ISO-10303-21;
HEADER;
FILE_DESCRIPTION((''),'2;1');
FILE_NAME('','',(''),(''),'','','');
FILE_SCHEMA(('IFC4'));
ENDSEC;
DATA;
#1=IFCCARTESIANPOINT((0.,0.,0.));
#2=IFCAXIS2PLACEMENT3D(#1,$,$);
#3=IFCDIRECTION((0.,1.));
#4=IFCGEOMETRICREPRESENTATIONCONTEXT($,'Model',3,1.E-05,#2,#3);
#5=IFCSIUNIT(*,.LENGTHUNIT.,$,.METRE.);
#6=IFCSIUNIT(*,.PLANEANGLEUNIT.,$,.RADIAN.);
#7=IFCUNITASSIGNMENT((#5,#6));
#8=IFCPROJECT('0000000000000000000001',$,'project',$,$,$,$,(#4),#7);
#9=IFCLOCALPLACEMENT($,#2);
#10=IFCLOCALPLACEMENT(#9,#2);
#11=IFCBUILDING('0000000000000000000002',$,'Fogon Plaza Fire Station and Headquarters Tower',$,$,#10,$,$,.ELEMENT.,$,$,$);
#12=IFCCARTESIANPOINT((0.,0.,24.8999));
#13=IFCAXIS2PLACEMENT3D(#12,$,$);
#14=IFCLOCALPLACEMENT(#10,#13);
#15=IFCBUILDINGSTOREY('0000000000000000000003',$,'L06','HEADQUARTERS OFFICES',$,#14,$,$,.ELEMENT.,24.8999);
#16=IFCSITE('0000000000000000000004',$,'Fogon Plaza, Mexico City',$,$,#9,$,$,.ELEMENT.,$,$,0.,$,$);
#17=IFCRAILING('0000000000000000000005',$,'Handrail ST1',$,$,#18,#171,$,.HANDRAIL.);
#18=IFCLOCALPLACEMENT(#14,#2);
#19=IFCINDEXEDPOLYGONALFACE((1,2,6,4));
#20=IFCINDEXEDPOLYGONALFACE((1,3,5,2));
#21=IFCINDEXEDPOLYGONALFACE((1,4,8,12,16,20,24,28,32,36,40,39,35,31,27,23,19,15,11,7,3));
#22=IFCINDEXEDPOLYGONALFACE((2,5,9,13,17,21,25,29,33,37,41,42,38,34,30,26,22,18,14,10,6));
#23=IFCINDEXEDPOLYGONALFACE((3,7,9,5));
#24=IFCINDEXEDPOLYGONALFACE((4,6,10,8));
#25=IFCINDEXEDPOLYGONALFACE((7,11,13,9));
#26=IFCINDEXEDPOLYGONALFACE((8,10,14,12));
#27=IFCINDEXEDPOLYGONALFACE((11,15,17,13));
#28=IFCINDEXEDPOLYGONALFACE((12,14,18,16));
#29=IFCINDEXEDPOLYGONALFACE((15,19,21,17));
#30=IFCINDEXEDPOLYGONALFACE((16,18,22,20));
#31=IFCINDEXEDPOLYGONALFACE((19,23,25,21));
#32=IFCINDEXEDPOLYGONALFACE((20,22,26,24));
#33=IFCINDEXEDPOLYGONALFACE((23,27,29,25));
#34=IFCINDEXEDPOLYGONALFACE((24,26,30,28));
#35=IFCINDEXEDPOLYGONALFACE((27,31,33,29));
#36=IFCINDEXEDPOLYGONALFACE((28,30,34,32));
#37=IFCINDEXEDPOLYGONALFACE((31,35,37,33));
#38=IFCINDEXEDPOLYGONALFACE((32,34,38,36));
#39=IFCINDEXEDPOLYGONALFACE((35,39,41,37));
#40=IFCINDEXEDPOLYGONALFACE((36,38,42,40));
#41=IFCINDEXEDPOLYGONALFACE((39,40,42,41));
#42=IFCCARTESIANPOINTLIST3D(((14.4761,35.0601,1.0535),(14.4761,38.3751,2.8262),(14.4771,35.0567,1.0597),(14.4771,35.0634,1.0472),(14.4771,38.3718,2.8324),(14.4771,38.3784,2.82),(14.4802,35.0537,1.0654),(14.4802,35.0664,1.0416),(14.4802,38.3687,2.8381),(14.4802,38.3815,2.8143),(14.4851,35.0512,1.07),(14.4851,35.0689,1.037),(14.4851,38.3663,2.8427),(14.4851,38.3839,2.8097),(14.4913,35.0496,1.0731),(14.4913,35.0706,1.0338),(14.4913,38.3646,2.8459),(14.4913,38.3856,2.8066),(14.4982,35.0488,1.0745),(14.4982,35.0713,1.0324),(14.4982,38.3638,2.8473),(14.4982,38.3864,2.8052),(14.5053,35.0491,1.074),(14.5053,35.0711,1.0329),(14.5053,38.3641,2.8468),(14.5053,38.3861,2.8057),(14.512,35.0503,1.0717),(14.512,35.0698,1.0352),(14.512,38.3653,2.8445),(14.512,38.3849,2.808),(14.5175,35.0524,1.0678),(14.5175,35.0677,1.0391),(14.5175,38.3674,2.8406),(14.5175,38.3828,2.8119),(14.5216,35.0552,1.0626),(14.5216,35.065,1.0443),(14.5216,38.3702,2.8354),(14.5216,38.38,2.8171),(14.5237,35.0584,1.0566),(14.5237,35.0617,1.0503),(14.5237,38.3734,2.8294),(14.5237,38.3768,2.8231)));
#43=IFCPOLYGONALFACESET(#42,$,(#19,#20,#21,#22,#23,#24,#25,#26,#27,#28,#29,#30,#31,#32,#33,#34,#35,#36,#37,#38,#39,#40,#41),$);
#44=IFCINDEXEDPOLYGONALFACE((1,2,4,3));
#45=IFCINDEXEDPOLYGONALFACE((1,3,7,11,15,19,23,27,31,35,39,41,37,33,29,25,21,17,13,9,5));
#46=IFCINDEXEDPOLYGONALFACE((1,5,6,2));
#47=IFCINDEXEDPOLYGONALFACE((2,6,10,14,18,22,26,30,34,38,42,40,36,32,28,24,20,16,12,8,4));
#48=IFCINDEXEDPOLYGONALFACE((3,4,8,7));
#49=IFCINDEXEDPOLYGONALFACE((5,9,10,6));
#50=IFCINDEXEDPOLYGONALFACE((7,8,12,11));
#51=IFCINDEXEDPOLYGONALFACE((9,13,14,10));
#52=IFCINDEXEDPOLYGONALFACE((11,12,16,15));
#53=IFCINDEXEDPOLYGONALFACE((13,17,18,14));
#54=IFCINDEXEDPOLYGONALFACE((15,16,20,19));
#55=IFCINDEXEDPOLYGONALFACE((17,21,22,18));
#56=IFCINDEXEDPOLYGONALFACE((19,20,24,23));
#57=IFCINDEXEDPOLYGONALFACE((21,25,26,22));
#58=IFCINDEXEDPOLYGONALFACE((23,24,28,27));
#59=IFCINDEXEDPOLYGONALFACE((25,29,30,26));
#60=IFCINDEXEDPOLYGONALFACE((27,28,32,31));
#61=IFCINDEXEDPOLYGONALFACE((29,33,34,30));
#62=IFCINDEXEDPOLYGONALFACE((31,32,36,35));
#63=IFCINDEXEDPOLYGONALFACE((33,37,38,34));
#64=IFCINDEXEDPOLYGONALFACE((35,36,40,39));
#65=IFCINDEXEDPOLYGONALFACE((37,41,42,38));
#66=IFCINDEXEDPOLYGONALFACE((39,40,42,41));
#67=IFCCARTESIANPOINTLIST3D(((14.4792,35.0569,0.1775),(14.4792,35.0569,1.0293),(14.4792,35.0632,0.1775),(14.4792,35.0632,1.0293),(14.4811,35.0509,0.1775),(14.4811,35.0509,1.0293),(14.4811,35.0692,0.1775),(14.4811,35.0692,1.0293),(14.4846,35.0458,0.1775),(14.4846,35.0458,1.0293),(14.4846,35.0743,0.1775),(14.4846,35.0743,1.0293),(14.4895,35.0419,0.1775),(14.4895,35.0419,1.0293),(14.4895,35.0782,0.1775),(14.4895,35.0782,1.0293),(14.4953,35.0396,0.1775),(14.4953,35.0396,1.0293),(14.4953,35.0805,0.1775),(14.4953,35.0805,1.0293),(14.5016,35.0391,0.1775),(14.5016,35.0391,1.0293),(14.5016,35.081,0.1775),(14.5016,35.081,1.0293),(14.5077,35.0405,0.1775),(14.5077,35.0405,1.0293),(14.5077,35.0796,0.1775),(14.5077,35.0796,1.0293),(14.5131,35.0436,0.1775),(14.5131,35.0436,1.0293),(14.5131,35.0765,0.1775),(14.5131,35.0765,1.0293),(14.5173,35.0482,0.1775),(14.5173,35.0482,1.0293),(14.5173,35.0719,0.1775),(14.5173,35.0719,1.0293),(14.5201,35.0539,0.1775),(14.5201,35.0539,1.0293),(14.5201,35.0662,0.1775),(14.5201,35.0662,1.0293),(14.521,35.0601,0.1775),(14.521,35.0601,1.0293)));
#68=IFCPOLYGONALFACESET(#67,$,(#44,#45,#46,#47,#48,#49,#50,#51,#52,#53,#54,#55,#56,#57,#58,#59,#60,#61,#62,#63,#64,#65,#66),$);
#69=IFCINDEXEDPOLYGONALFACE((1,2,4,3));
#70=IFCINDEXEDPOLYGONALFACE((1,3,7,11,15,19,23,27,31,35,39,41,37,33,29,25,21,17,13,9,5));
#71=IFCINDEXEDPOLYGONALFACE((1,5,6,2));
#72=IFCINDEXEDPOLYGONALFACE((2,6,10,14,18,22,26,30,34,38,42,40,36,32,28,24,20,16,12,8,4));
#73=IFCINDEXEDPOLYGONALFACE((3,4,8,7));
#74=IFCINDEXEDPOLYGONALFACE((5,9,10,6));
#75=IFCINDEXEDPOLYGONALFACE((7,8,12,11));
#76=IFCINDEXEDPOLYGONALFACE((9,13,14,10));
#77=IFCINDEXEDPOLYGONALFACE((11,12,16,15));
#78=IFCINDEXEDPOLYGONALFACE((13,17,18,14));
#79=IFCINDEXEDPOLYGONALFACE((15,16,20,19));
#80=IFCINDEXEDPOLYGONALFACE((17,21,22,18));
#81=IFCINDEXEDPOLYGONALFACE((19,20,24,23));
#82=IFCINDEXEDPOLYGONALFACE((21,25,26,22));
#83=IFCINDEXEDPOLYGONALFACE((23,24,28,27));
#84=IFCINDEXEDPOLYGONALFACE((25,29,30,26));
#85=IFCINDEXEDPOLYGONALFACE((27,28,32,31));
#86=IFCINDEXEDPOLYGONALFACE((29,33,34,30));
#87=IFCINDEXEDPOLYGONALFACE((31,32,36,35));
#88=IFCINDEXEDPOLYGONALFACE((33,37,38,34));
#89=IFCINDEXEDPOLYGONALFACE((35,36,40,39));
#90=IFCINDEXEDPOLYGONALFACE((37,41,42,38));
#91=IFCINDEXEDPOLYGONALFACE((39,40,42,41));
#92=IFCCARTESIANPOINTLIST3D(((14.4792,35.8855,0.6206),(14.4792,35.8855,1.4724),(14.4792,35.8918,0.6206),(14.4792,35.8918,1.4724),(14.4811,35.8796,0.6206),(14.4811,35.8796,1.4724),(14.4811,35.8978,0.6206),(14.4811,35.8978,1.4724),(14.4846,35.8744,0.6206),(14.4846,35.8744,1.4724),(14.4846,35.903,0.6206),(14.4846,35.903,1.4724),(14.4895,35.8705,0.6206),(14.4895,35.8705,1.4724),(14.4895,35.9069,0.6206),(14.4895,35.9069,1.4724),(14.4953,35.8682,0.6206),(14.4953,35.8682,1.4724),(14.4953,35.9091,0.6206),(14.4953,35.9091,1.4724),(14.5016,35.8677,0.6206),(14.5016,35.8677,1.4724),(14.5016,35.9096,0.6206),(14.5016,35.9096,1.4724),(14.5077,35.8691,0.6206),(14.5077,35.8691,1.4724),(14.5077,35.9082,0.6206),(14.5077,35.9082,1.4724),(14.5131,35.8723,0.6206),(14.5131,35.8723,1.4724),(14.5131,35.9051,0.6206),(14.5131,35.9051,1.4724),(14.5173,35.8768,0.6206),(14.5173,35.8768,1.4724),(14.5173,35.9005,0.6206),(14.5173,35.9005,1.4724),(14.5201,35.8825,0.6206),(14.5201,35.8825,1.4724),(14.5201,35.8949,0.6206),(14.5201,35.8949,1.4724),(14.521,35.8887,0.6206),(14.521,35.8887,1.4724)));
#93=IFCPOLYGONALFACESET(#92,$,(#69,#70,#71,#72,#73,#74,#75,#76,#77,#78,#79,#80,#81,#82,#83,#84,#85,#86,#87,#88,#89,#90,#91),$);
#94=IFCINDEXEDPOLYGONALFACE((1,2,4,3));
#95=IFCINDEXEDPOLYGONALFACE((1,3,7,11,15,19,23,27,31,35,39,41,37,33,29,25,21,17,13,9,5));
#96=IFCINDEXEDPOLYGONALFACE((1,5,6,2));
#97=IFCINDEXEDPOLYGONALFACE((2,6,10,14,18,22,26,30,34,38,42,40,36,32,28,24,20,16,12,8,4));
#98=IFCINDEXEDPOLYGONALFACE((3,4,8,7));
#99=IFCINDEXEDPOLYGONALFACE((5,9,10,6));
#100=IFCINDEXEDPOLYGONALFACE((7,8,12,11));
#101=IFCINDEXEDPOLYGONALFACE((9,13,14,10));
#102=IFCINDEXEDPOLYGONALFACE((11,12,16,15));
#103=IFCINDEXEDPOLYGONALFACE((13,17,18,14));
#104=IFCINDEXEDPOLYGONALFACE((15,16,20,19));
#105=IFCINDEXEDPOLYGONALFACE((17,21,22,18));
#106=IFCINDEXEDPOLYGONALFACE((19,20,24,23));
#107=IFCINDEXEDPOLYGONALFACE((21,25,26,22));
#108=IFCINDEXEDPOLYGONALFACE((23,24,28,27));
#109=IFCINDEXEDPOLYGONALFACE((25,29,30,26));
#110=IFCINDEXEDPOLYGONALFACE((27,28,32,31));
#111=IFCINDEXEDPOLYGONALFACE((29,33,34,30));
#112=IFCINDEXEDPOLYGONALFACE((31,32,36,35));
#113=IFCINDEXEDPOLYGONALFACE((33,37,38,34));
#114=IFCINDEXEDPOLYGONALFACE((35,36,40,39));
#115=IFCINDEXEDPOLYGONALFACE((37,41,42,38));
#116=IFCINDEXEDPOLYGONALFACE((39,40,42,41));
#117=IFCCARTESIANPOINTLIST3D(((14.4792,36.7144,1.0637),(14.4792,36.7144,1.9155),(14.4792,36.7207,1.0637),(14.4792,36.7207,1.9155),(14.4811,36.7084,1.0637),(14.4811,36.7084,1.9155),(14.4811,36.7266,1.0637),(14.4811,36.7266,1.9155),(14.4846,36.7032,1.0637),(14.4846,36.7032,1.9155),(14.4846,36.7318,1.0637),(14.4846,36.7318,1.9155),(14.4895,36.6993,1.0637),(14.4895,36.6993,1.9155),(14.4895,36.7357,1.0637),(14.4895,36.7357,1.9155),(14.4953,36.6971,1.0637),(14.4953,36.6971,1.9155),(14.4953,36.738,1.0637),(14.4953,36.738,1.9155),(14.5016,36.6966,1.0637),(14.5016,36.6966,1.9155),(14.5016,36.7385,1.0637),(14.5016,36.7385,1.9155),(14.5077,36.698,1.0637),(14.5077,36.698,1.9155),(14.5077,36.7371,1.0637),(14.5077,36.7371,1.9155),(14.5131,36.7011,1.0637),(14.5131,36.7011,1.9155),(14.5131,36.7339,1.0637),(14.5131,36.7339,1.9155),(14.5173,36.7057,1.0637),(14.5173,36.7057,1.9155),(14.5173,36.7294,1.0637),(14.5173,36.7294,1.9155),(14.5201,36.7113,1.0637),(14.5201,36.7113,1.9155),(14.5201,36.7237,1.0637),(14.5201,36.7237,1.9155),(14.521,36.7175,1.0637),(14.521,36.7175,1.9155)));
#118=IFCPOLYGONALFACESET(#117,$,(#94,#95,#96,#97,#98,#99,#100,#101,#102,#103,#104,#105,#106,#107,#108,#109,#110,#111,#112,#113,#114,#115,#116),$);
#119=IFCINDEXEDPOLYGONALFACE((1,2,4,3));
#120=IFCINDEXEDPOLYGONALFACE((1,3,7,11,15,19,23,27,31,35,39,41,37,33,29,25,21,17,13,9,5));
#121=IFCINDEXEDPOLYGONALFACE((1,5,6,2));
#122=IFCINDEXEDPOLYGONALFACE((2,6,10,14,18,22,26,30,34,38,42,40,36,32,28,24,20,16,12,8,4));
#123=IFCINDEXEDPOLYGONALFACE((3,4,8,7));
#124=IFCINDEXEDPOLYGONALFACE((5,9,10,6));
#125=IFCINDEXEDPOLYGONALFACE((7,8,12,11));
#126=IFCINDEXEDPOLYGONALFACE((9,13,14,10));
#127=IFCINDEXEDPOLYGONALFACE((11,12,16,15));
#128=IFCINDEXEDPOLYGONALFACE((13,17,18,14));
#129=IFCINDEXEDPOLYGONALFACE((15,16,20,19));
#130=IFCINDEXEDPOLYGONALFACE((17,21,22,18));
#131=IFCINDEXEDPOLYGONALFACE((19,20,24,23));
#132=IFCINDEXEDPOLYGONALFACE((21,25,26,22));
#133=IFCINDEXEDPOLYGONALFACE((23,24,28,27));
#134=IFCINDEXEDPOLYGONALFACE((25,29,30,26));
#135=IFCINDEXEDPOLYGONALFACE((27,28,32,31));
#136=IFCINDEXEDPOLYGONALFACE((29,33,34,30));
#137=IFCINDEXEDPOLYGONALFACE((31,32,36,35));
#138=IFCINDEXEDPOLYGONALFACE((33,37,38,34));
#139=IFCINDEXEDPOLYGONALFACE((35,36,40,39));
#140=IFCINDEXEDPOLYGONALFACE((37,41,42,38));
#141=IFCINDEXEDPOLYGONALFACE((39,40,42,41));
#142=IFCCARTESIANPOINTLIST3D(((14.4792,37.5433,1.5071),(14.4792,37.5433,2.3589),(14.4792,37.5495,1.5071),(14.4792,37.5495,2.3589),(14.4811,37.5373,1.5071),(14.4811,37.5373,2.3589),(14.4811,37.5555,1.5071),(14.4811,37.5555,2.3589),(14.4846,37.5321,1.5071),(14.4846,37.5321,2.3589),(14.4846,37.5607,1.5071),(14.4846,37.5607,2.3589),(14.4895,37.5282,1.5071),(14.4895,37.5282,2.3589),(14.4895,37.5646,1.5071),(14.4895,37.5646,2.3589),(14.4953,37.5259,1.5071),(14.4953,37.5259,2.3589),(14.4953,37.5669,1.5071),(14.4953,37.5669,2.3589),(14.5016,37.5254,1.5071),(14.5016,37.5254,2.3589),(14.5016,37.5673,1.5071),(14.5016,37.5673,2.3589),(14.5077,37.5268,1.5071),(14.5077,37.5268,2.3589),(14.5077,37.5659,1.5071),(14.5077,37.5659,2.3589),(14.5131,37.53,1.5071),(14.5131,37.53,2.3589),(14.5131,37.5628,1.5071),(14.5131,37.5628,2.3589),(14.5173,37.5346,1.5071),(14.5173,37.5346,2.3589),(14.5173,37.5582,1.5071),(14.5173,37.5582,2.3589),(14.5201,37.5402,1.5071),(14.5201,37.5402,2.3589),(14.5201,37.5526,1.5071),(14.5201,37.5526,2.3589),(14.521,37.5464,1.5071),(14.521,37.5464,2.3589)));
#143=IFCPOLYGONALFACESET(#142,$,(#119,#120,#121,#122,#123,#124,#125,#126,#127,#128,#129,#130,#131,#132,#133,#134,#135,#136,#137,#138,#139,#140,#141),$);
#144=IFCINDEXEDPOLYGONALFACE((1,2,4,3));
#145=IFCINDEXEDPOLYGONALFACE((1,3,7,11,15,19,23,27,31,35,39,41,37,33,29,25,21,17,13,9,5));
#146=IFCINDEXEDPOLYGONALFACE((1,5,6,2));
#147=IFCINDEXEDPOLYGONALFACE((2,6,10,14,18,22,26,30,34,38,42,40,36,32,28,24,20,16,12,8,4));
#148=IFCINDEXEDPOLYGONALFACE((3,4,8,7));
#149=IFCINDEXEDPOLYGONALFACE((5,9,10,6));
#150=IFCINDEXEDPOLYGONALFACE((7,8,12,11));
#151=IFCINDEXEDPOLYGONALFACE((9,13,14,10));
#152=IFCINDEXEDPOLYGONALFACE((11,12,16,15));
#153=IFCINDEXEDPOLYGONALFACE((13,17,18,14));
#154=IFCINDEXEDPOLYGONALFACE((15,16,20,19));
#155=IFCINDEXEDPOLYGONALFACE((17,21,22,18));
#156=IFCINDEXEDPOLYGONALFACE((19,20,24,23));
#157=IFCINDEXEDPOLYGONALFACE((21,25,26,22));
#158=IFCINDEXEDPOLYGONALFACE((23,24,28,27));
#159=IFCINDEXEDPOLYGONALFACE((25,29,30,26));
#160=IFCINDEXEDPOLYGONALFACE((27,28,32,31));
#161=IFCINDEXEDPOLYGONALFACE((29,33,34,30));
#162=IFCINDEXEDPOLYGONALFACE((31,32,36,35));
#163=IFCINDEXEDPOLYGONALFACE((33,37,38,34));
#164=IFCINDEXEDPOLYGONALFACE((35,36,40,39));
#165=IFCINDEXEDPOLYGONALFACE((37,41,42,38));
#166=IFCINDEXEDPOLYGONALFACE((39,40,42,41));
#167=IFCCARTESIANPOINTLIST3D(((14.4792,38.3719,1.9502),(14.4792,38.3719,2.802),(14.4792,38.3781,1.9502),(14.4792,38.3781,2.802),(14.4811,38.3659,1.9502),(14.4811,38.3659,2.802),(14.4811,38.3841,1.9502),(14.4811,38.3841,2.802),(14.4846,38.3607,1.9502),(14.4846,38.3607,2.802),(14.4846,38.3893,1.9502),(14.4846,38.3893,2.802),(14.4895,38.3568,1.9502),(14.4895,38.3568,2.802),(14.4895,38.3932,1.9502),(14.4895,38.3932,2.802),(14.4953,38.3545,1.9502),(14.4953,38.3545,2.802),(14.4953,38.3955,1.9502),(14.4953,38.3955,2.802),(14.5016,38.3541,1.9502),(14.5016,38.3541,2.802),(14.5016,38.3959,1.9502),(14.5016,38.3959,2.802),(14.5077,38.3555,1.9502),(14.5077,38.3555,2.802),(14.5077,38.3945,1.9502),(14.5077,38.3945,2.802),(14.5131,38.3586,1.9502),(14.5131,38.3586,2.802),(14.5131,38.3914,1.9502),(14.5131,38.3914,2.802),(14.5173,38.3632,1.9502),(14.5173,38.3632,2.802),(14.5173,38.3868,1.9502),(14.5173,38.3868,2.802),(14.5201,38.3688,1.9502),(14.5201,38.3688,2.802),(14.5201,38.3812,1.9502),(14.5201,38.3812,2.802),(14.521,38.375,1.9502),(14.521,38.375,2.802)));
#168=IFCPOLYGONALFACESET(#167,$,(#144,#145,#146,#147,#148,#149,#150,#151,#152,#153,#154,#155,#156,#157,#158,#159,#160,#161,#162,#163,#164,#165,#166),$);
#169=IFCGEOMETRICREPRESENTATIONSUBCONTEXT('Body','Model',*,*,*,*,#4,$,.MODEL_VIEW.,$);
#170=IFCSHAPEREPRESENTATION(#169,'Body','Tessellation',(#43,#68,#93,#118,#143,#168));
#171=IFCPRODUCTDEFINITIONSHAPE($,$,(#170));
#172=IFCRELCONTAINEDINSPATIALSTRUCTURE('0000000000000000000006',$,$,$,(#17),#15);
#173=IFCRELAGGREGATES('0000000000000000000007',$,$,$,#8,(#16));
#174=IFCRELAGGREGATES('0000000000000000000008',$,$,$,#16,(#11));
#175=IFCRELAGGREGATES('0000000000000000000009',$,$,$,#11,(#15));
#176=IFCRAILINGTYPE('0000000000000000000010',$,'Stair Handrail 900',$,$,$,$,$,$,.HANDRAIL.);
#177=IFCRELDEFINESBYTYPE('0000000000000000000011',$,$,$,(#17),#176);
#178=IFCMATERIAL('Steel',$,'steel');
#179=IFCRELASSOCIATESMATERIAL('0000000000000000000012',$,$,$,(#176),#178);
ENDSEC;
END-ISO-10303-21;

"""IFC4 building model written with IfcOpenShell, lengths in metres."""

from ifc_helpers import new_model, si_unit, direction, frame, origin, origin_2d, place, context, subcontext, project, spatial, circle, extrude, material, type_object, element, save


model = new_model("IFC4")

# Units and contexts
model_context = context("Model", 3, precision=1e-05, world=origin(), true_north=direction((0.0, 1.0)))
body_context = subcontext(model_context, "Body", "Model", "MODEL_VIEW")
ifc_project = project(units=[si_unit("LENGTHUNIT", "METRE"), si_unit("PLANEANGLEUNIT", "RADIAN")], contexts=[model_context])

# Site, building, storey
site_placement = place(None, origin())
site = spatial("IfcSite", under=ifc_project, at=site_placement, Name="Fogon Plaza, Mexico City", CompositionType="ELEMENT", RefElevation=0.0)
building_placement = place(site_placement, origin())
building = spatial("IfcBuilding", under=site, at=building_placement, Name="Fogon Plaza Fire Station and Headquarters Tower", CompositionType="ELEMENT")
storey_placement = place(building_placement, frame((0.0, 0.0, 24.8999)))
storey = spatial("IfcBuildingStorey", under=building, at=storey_placement, Name="L06", Description="HEADQUARTERS OFFICES", CompositionType="ELEMENT", Elevation=24.8999)

# Railing
ifc_material_1 = material(Name="Steel", Category="steel")
railing_type = type_object("IfcRailingType", Name="Stair Handrail 900", PredefinedType="HANDRAIL", material=ifc_material_1)
for number, where, name in (
    (1, (14.5, 35.0601, 0.1775), "Handrail ST1"),
):
    element("IfcRailing", number, at=place(storey_placement, frame(where)), inside=storey, type_object=railing_type, Name=name, PredefinedType="HANDRAIL", context=body_context, shape_type="SweptSolid", body=[
        extrude(circle(Radius=0.0239, at=origin_2d()), frame((0.0, 0.0, 0.876), z_axis=(0.0, 0.881829, 0.471569), x_axis=(-1.0, 0.0, 0.0)), (0.0, 0.0, 1.0), 3.7593),
        extrude(circle(Radius=0.021, at=origin_2d()), origin(), (0.0, 0.0, 1.0), 0.8518),
        extrude(circle(Radius=0.021, at=origin_2d()), frame((0.0, 0.8286, 0.4431)), (0.0, 0.0, 1.0), 0.8518),
        extrude(circle(Radius=0.021, at=origin_2d()), frame((0.0, 1.6575, 0.8862)), (0.0, 0.0, 1.0), 0.8518),
        extrude(circle(Radius=0.021, at=origin_2d()), frame((0.0, 2.4863, 1.3296)), (0.0, 0.0, 1.0), 0.8518),
        extrude(circle(Radius=0.021, at=origin_2d()), frame((0.0, 3.3149, 1.7727)), (0.0, 0.0, 1.0), 0.8518),
    ])

save(model, "model.ifc")
